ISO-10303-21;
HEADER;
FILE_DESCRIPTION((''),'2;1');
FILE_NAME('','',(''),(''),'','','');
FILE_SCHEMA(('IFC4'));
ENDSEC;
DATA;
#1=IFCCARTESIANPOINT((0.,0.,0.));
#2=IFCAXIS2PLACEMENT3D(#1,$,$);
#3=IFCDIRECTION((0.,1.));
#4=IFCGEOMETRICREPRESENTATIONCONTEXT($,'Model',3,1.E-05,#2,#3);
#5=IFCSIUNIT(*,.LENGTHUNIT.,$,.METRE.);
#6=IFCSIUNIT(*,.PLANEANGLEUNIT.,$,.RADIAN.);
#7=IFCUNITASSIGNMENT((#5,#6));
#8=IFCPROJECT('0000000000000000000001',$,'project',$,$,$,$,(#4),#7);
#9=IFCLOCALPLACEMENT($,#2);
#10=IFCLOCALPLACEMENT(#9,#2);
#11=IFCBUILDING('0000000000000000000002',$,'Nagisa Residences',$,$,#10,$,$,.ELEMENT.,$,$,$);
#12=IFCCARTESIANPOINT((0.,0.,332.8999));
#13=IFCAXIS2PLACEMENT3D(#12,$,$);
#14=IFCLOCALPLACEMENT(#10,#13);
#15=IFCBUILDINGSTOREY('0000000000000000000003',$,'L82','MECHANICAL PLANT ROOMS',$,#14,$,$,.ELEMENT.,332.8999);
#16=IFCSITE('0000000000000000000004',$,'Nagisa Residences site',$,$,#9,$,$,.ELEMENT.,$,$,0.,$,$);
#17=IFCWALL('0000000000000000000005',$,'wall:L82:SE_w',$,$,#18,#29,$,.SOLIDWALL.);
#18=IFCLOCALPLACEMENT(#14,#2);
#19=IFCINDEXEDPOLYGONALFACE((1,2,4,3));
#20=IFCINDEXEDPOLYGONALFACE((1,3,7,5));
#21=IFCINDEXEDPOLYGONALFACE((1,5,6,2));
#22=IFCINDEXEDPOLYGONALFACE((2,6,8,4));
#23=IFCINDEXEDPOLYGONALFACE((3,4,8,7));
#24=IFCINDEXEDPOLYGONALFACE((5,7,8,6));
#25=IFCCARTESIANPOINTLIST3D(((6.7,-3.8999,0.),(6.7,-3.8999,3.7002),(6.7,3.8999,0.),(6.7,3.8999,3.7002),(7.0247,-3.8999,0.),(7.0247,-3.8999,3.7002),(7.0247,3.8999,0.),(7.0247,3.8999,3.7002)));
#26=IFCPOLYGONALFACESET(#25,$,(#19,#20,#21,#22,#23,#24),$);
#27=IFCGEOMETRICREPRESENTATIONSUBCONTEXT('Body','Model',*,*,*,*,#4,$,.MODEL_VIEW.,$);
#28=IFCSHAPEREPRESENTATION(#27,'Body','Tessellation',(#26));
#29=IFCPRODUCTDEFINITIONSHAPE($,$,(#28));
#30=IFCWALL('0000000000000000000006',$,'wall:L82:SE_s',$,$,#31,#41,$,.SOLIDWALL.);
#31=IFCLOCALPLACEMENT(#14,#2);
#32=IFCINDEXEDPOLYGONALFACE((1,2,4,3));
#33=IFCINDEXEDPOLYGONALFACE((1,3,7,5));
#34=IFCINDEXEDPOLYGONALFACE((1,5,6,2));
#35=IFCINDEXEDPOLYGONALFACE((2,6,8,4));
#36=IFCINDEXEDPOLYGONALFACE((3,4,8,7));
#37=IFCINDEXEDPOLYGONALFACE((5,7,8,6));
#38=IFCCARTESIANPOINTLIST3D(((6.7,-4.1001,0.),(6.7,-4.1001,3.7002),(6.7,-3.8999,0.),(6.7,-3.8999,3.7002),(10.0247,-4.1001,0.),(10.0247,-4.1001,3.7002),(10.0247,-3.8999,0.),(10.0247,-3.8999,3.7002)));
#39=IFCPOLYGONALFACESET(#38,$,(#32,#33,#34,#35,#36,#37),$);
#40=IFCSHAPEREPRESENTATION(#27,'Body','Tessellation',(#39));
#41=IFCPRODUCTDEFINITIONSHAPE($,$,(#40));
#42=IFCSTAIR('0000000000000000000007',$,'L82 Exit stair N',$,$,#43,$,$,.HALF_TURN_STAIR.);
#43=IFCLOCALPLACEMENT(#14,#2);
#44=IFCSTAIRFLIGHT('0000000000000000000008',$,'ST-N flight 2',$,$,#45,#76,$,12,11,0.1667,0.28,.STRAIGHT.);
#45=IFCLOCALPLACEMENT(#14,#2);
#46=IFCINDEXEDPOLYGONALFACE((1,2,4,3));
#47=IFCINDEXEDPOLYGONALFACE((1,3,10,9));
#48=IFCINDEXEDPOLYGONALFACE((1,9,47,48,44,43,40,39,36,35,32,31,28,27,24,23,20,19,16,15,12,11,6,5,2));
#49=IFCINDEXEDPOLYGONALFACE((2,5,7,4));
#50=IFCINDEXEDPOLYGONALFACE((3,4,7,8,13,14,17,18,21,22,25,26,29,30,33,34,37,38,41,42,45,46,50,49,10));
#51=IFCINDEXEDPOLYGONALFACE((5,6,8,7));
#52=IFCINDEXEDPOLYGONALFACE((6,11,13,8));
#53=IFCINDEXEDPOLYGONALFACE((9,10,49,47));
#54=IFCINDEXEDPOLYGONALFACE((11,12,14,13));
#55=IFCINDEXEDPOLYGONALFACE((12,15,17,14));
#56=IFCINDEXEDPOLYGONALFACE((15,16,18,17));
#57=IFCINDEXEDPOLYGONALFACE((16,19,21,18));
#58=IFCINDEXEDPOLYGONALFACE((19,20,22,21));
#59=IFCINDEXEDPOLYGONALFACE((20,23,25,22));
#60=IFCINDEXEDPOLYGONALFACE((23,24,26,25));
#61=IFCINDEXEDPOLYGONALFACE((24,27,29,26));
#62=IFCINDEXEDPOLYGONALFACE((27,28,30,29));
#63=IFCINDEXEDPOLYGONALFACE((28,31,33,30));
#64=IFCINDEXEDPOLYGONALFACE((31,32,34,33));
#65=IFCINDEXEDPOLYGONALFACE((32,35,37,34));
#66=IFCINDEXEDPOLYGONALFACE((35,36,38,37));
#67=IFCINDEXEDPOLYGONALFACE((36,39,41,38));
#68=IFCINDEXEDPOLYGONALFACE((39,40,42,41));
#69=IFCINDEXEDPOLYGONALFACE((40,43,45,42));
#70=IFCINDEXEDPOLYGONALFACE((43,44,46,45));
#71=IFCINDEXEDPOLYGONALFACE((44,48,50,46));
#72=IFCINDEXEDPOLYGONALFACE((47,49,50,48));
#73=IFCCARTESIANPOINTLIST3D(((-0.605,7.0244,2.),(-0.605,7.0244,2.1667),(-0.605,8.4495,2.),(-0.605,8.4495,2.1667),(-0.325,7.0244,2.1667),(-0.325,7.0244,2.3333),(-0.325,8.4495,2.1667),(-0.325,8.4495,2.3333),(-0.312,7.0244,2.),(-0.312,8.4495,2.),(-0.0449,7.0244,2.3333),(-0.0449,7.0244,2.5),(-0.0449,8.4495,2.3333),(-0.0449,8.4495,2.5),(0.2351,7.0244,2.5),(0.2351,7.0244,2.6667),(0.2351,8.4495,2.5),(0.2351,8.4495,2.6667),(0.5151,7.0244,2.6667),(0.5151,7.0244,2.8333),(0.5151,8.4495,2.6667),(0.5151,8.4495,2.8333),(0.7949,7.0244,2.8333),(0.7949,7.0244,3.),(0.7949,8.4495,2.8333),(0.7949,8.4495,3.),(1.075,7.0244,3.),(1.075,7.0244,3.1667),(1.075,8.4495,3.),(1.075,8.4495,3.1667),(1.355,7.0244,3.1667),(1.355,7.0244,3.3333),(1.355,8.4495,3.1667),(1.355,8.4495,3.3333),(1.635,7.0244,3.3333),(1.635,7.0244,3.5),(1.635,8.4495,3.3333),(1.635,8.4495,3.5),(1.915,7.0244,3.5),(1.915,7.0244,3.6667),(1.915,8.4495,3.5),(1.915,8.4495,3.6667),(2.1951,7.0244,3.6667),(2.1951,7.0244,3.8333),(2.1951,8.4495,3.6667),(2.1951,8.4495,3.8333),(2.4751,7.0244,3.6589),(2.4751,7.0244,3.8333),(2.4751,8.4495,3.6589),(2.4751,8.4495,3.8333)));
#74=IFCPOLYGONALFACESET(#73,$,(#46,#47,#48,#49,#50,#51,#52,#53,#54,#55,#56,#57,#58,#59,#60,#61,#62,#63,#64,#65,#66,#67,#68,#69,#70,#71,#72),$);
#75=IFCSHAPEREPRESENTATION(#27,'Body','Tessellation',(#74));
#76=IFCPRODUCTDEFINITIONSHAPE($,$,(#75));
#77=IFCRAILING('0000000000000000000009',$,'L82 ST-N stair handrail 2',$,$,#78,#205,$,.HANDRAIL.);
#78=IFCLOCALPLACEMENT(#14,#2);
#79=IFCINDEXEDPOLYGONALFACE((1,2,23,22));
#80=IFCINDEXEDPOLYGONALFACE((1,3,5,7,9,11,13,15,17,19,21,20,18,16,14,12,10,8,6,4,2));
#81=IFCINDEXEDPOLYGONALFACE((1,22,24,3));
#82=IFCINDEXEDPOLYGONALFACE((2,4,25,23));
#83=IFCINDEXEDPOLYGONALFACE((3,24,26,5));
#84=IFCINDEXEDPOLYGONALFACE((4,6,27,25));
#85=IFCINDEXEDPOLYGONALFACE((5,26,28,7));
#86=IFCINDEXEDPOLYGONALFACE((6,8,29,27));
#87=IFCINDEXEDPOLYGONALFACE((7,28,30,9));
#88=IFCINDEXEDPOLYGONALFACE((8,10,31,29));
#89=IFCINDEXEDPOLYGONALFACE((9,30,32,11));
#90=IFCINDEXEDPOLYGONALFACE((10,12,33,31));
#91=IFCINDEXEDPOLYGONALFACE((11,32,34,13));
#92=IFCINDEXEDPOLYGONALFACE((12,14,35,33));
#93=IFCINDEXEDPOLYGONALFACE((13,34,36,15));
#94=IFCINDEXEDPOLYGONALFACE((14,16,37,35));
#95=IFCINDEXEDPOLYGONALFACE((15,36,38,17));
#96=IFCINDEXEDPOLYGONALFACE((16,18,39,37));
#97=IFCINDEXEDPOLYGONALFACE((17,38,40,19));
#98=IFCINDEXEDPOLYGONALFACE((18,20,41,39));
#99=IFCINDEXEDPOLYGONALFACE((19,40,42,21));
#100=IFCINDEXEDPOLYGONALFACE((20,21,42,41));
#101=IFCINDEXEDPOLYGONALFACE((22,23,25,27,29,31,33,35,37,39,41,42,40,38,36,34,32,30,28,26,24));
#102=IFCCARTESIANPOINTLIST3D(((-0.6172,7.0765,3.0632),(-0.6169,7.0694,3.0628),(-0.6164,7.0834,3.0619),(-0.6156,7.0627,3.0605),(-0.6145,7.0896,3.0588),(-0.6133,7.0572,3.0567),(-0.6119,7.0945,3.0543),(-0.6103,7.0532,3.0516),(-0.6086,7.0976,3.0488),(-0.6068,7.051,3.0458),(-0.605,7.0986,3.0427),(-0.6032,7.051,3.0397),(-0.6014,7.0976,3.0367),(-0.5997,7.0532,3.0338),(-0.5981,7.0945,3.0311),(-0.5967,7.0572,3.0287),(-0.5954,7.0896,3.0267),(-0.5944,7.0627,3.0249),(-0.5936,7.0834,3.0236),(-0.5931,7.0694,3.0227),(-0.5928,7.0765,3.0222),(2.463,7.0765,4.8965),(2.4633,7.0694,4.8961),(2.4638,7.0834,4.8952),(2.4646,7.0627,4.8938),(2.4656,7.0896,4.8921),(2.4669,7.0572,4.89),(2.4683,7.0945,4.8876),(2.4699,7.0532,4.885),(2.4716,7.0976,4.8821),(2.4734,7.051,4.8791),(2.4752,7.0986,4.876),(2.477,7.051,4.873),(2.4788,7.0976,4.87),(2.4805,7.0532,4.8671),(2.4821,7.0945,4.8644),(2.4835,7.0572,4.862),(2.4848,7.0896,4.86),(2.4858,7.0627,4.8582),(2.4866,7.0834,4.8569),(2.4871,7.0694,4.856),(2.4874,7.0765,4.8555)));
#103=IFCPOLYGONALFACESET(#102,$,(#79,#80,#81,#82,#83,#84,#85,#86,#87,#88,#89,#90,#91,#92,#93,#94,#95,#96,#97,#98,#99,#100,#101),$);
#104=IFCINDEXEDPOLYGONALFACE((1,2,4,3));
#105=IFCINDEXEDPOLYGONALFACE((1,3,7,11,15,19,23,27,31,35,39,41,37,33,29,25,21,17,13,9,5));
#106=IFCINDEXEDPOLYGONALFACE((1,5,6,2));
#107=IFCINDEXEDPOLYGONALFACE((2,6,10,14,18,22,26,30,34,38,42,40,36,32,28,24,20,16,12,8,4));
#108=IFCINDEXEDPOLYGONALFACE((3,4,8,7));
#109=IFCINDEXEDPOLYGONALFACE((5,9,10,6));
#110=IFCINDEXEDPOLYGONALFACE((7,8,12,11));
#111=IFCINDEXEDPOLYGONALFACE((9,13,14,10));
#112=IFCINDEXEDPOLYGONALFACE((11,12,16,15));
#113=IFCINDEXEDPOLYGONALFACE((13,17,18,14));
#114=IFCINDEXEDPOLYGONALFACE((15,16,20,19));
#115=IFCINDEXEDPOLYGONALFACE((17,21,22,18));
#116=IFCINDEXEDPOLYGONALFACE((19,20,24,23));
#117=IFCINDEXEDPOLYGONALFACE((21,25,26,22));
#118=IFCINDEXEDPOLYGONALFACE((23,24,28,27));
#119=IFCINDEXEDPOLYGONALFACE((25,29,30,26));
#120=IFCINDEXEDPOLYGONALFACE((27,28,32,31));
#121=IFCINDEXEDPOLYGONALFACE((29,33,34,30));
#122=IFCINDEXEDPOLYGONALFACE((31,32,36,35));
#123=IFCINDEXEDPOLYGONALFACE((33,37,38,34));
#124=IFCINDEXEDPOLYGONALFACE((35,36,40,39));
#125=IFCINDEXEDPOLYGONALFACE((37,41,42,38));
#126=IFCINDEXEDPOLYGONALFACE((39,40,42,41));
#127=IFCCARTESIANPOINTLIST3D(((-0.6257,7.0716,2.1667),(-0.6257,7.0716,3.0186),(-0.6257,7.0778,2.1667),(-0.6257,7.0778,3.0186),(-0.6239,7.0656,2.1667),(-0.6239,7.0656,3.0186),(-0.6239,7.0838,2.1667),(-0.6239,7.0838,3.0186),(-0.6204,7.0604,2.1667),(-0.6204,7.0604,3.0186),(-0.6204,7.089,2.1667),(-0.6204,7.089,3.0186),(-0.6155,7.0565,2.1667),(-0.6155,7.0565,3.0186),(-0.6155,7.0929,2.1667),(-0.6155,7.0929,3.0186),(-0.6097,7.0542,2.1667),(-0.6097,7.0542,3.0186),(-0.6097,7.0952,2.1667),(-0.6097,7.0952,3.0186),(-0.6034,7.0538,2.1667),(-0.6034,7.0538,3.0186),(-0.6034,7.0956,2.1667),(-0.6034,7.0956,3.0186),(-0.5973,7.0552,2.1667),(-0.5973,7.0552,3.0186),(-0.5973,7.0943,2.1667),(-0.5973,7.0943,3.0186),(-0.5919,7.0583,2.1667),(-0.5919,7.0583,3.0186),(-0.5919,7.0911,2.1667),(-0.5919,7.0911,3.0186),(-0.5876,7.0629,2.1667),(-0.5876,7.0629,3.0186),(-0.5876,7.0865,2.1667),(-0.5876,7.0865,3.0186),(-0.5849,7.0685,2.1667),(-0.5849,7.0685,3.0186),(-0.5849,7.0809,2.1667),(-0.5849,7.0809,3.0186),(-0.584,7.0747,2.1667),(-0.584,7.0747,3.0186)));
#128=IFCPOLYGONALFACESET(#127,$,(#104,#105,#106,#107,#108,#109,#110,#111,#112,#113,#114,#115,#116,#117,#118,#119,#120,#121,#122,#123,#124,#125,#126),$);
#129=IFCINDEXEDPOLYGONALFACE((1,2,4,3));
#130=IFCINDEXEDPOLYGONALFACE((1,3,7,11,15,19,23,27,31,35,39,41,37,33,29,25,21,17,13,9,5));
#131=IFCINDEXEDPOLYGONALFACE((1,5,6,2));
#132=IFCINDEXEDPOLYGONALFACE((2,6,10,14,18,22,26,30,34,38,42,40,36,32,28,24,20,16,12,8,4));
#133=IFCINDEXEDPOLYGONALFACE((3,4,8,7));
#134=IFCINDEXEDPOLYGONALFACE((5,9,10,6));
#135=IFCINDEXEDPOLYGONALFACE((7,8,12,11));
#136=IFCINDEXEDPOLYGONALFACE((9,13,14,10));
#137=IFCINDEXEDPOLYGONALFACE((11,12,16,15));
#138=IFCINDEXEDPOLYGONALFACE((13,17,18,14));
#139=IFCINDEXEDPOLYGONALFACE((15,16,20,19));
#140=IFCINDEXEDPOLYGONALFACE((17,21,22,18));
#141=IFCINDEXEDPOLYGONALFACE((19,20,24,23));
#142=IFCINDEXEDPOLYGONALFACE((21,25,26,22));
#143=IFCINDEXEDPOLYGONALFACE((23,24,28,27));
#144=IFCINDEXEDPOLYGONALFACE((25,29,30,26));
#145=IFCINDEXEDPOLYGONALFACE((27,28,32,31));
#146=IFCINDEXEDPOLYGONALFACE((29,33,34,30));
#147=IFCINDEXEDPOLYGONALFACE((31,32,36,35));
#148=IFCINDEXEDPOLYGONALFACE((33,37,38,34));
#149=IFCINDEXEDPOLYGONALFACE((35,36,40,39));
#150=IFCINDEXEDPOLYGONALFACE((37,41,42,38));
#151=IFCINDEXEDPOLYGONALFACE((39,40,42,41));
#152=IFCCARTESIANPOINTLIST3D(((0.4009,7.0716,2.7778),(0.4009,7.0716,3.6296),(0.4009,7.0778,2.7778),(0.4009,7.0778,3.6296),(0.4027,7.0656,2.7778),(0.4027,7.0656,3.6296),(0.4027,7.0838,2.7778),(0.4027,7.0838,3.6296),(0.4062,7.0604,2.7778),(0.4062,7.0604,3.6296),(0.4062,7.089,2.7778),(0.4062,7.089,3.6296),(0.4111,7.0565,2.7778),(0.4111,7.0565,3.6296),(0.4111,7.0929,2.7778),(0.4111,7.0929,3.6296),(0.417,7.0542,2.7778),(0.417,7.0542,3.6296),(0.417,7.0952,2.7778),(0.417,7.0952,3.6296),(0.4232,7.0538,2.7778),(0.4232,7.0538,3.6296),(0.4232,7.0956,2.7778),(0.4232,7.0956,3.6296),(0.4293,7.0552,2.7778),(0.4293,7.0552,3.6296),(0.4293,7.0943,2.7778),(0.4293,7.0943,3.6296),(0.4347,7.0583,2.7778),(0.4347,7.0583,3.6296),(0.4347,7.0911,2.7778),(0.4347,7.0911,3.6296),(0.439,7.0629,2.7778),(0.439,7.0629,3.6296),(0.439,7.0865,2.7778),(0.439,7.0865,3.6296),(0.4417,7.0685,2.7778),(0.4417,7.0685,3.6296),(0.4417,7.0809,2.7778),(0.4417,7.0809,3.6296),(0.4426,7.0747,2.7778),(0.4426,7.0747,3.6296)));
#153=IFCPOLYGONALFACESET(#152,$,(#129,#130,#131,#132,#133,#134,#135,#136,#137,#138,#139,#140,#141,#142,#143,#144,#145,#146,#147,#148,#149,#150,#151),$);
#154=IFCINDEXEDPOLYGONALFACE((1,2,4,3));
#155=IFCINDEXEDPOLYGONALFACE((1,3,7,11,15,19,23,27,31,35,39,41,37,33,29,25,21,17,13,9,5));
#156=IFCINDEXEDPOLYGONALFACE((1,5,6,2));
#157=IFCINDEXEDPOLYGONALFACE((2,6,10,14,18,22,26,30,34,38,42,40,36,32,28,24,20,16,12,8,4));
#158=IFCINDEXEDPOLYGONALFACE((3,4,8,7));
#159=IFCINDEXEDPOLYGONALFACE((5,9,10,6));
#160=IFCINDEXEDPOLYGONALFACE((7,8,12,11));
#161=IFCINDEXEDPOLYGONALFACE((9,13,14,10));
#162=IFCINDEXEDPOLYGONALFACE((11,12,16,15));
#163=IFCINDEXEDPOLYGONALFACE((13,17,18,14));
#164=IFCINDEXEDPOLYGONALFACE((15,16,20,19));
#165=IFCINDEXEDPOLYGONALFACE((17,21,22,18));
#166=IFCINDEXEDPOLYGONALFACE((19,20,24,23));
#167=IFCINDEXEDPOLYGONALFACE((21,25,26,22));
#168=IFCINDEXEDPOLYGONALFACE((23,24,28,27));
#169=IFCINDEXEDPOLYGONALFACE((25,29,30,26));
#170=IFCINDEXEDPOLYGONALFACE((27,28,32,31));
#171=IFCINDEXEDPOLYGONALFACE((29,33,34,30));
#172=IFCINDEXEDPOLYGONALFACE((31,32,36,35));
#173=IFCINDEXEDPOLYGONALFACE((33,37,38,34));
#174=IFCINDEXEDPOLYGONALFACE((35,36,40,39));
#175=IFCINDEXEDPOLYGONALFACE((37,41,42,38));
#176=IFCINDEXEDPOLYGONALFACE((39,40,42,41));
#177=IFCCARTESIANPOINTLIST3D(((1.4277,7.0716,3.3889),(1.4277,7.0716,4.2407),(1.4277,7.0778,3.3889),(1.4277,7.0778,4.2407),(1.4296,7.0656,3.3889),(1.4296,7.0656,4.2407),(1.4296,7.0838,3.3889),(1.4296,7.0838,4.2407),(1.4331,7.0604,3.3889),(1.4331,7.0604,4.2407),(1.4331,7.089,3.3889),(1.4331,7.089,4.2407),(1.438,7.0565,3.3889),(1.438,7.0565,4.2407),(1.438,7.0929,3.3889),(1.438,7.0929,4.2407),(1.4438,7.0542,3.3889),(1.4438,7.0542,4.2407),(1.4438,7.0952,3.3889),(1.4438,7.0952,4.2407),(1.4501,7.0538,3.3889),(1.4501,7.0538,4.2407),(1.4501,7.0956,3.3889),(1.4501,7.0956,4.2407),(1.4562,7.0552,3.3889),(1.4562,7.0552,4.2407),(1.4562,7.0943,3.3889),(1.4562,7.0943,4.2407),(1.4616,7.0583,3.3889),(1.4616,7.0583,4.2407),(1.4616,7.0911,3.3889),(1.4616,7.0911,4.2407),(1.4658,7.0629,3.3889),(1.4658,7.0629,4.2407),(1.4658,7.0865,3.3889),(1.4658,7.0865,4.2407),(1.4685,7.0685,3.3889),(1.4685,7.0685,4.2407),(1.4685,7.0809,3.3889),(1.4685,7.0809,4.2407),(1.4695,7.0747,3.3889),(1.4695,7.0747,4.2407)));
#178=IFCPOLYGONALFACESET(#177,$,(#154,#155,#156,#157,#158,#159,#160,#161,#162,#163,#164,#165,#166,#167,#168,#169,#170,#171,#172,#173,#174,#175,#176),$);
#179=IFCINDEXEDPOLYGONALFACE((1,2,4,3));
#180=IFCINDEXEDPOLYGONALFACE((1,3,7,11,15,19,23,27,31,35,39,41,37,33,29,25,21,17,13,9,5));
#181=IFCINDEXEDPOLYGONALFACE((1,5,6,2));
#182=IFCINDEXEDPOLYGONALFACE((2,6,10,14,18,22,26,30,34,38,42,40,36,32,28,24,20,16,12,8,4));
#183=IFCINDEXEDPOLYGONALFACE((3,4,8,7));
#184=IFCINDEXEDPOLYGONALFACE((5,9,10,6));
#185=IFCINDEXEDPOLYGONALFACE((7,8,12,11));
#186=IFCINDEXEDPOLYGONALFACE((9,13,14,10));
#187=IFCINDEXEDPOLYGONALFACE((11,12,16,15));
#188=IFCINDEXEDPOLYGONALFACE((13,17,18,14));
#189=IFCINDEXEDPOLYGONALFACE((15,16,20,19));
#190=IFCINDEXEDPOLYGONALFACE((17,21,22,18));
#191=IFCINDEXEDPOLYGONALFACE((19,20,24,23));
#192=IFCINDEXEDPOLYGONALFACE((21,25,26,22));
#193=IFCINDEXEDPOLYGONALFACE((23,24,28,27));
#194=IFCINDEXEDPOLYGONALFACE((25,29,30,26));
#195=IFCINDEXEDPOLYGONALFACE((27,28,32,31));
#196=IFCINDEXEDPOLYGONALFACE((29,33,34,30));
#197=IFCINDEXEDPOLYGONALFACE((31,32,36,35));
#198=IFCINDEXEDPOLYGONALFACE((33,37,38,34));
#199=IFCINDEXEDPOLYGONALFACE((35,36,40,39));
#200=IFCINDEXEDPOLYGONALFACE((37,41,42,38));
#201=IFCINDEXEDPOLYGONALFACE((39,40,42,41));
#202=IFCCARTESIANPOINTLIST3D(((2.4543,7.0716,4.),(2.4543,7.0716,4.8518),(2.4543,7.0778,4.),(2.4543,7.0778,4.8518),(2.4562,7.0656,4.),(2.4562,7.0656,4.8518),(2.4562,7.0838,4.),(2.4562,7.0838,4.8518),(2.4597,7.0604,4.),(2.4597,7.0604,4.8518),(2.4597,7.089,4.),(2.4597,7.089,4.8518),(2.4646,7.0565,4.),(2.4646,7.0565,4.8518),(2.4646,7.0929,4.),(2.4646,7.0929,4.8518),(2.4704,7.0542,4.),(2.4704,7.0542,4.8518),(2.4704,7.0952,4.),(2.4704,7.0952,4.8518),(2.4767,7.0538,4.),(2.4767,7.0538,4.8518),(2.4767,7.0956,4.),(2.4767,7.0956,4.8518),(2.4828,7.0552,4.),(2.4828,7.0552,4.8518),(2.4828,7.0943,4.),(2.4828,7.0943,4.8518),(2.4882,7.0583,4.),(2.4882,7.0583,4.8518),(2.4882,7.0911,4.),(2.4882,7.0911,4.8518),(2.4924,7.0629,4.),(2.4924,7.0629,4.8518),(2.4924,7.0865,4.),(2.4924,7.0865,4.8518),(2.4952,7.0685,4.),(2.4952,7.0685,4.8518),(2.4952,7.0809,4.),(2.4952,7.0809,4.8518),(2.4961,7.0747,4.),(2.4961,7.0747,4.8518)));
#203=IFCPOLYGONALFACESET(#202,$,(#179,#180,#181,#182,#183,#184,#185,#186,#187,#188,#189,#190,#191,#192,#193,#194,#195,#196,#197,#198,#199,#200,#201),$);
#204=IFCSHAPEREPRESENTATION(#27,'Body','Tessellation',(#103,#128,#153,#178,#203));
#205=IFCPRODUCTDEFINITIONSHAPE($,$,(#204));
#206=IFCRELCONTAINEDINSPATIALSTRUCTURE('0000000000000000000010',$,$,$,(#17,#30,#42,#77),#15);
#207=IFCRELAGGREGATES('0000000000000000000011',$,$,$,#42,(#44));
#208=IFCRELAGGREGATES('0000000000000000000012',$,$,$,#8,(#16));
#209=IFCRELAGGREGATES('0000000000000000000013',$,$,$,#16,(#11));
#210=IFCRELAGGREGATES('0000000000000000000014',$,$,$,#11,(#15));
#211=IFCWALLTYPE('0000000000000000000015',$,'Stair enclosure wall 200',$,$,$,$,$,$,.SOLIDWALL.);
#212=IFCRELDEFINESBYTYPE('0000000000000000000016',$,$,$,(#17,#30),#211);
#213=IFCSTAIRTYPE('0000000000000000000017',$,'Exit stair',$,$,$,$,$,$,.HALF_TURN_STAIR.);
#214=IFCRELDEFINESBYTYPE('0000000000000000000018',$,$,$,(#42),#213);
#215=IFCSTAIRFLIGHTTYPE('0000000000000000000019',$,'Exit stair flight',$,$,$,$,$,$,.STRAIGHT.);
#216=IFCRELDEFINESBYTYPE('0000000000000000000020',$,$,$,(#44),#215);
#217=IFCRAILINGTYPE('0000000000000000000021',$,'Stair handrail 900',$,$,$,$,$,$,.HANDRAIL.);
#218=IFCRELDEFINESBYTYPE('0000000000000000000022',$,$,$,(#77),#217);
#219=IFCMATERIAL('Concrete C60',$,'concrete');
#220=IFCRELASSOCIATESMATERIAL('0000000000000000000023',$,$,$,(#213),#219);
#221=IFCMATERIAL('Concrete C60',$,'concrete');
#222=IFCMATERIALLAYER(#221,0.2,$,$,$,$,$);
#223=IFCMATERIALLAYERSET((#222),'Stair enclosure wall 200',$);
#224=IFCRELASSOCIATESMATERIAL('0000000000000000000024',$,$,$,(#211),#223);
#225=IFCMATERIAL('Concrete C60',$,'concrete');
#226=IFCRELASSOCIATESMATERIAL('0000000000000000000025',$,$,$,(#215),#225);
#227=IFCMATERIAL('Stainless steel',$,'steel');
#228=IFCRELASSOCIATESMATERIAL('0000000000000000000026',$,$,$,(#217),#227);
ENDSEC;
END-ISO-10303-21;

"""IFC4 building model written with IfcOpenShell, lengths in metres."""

from ifc_helpers import new_model, si_unit, direction, frame, origin, origin_2d, place, context, subcontext, project, spatial, polyline, circle, outline, extrude, material, layer, layer_set, type_object, element, aggregate, save


model = new_model("IFC4")

# Units and contexts
model_context = context("Model", 3, precision=1e-05, world=origin(), true_north=direction((0.0, 1.0)))
body_context = subcontext(model_context, "Body", "Model", "MODEL_VIEW")
ifc_project = project(units=[si_unit("LENGTHUNIT", "METRE"), si_unit("PLANEANGLEUNIT", "RADIAN")], contexts=[model_context])

# Site, building, storey
site_placement = place(None, origin())
site = spatial("IfcSite", under=ifc_project, at=site_placement, Name="Nagisa Residences site", CompositionType="ELEMENT", RefElevation=0.0)
building_placement = place(site_placement, origin())
building = spatial("IfcBuilding", under=site, at=building_placement, Name="Nagisa Residences", CompositionType="ELEMENT")
storey_placement = place(building_placement, frame((0.0, 0.0, 332.8999)))
storey = spatial("IfcBuildingStorey", under=building, at=storey_placement, Name="L82", Description="MECHANICAL PLANT ROOMS", CompositionType="ELEMENT", Elevation=332.8999)

# Shared definitions
ifc_material_1 = material(Name="Concrete C60", Category="concrete")
stair_type = type_object("IfcStairType", Name="Exit stair", PredefinedType="HALF_TURN_STAIR", material=ifc_material_1)

# Walls
ifc_material_2 = material(Name="Concrete C60", Category="concrete")
ifc_layer_1 = layer(ifc_material_2, 0.2)
ifc_layer_set_1 = layer_set([ifc_layer_1], Name="Stair enclosure wall 200")
wall_type_1 = type_object("IfcWallType", Name="Stair enclosure wall 200", PredefinedType="SOLIDWALL", material=ifc_layer_set_1)
wall_1_placement = place(storey_placement, origin())
element("IfcWall", 1, at=wall_1_placement, inside=storey, type_object=wall_type_1, Name="wall:L82:SE_w", PredefinedType="SOLIDWALL", context=body_context, shape_type="SweptSolid", body=[
    extrude(outline(polyline([(7.0247, -3.8999), (6.7, -3.8999), (6.7, 3.8999), (7.0247, 3.8999), (7.0247, -3.8999)])), origin(), (0.0, 0.0, 1.0), 3.7002),
])
wall_2_placement = place(storey_placement, origin())
element("IfcWall", 2, at=wall_2_placement, inside=storey, type_object=wall_type_1, Name="wall:L82:SE_s", PredefinedType="SOLIDWALL", context=body_context, shape_type="SweptSolid", body=[
    extrude(outline(polyline([(10.0247, -4.1001), (6.7, -4.1001), (6.7, -3.8999), (10.0247, -3.8999), (10.0247, -4.1001)])), origin(), (0.0, 0.0, 1.0), 3.7002),
])

# Stair, stair flight
stair_1_placement = place(storey_placement, origin())
stair_1 = element("IfcStair", 3, at=stair_1_placement, inside=storey, type_object=stair_type, Name="L82 Exit stair N", PredefinedType="HALF_TURN_STAIR")
ifc_material_3 = material(Name="Concrete C60", Category="concrete")
stair_flight_type = type_object("IfcStairFlightType", Name="Exit stair flight", PredefinedType="STRAIGHT", material=ifc_material_3)
stair_flight_placement = place(storey_placement, frame((-0.605, 7.7371, 2.0), z_axis=(0.0, 0.0, 1.0), x_axis=(1.0, 0.0, 0.0)))
stair_flight = element("IfcStairFlight", 4, at=stair_flight_placement, type_object=stair_flight_type, Name="ST-N flight 2", NumberOfRisers=12, NumberOfTreads=11, PredefinedType="STRAIGHT", RiserHeight=0.1667, TreadLength=0.28, context=body_context, shape_type="SweptSolid", body=[
    extrude(outline(polyline([(0.0, 0.0), (0.0, 0.1667), (0.28, 0.1667), (0.28, 0.3333), (0.5601, 0.3333), (0.5601, 0.5), (0.8401, 0.5), (0.8401, 0.6667), (1.1201, 0.6667), (1.1201, 0.8333), (1.3999, 0.8333), (1.3999, 1.0), (1.6799, 1.0), (1.6799, 1.1667), (1.96, 1.1667), (1.96, 1.3333), (2.24, 1.3333), (2.24, 1.5), (2.52, 1.5), (2.52, 1.6667), (2.8, 1.6667), (2.8, 1.8333), (3.0801, 1.8333), (3.0801, 2.0), (3.0801, 1.6589), (0.293, 0.0), (0.0, 0.0)])), frame((0.0, 0.7124, 0.0), z_axis=(0.0, -1.0, 0.0), x_axis=(1.0, 0.0, 0.0)), (0.0, 0.0, 1.0), 1.425),
])
aggregate(stair_1, [stair_flight])

# Railing
ifc_material_4 = material(Name="Stainless steel", Category="steel")
railing_type = type_object("IfcRailingType", Name="Stair handrail 900", PredefinedType="HANDRAIL", material=ifc_material_4)
railing_placement = place(storey_placement, frame((-0.605, 7.0747, 2.1667)))
element("IfcRailing", 5, at=railing_placement, inside=storey, type_object=railing_type, Name="L82 ST-N stair handrail 2", PredefinedType="HANDRAIL", context=body_context, shape_type="SweptSolid", body=[
    extrude(circle(Radius=0.0239, at=origin_2d()), frame((0.0, 0.0, 0.876), z_axis=(0.859309, 0.0, 0.511458), x_axis=(0.0, 1.0, 0.0)), (0.0, 0.0, 1.0), 3.5845),
    extrude(circle(Radius=0.021, at=origin_2d()), origin(), (0.0, 0.0, 1.0), 0.8518),
    extrude(circle(Radius=0.021, at=origin_2d()), frame((1.0266, 0.0, 0.6111)), (0.0, 0.0, 1.0), 0.8518),
    extrude(circle(Radius=0.021, at=origin_2d()), frame((2.0535, 0.0, 1.2222)), (0.0, 0.0, 1.0), 0.8518),
    extrude(circle(Radius=0.021, at=origin_2d()), frame((3.0801, 0.0, 1.8333)), (0.0, 0.0, 1.0), 0.8518),
])

save(model, "model.ifc")
